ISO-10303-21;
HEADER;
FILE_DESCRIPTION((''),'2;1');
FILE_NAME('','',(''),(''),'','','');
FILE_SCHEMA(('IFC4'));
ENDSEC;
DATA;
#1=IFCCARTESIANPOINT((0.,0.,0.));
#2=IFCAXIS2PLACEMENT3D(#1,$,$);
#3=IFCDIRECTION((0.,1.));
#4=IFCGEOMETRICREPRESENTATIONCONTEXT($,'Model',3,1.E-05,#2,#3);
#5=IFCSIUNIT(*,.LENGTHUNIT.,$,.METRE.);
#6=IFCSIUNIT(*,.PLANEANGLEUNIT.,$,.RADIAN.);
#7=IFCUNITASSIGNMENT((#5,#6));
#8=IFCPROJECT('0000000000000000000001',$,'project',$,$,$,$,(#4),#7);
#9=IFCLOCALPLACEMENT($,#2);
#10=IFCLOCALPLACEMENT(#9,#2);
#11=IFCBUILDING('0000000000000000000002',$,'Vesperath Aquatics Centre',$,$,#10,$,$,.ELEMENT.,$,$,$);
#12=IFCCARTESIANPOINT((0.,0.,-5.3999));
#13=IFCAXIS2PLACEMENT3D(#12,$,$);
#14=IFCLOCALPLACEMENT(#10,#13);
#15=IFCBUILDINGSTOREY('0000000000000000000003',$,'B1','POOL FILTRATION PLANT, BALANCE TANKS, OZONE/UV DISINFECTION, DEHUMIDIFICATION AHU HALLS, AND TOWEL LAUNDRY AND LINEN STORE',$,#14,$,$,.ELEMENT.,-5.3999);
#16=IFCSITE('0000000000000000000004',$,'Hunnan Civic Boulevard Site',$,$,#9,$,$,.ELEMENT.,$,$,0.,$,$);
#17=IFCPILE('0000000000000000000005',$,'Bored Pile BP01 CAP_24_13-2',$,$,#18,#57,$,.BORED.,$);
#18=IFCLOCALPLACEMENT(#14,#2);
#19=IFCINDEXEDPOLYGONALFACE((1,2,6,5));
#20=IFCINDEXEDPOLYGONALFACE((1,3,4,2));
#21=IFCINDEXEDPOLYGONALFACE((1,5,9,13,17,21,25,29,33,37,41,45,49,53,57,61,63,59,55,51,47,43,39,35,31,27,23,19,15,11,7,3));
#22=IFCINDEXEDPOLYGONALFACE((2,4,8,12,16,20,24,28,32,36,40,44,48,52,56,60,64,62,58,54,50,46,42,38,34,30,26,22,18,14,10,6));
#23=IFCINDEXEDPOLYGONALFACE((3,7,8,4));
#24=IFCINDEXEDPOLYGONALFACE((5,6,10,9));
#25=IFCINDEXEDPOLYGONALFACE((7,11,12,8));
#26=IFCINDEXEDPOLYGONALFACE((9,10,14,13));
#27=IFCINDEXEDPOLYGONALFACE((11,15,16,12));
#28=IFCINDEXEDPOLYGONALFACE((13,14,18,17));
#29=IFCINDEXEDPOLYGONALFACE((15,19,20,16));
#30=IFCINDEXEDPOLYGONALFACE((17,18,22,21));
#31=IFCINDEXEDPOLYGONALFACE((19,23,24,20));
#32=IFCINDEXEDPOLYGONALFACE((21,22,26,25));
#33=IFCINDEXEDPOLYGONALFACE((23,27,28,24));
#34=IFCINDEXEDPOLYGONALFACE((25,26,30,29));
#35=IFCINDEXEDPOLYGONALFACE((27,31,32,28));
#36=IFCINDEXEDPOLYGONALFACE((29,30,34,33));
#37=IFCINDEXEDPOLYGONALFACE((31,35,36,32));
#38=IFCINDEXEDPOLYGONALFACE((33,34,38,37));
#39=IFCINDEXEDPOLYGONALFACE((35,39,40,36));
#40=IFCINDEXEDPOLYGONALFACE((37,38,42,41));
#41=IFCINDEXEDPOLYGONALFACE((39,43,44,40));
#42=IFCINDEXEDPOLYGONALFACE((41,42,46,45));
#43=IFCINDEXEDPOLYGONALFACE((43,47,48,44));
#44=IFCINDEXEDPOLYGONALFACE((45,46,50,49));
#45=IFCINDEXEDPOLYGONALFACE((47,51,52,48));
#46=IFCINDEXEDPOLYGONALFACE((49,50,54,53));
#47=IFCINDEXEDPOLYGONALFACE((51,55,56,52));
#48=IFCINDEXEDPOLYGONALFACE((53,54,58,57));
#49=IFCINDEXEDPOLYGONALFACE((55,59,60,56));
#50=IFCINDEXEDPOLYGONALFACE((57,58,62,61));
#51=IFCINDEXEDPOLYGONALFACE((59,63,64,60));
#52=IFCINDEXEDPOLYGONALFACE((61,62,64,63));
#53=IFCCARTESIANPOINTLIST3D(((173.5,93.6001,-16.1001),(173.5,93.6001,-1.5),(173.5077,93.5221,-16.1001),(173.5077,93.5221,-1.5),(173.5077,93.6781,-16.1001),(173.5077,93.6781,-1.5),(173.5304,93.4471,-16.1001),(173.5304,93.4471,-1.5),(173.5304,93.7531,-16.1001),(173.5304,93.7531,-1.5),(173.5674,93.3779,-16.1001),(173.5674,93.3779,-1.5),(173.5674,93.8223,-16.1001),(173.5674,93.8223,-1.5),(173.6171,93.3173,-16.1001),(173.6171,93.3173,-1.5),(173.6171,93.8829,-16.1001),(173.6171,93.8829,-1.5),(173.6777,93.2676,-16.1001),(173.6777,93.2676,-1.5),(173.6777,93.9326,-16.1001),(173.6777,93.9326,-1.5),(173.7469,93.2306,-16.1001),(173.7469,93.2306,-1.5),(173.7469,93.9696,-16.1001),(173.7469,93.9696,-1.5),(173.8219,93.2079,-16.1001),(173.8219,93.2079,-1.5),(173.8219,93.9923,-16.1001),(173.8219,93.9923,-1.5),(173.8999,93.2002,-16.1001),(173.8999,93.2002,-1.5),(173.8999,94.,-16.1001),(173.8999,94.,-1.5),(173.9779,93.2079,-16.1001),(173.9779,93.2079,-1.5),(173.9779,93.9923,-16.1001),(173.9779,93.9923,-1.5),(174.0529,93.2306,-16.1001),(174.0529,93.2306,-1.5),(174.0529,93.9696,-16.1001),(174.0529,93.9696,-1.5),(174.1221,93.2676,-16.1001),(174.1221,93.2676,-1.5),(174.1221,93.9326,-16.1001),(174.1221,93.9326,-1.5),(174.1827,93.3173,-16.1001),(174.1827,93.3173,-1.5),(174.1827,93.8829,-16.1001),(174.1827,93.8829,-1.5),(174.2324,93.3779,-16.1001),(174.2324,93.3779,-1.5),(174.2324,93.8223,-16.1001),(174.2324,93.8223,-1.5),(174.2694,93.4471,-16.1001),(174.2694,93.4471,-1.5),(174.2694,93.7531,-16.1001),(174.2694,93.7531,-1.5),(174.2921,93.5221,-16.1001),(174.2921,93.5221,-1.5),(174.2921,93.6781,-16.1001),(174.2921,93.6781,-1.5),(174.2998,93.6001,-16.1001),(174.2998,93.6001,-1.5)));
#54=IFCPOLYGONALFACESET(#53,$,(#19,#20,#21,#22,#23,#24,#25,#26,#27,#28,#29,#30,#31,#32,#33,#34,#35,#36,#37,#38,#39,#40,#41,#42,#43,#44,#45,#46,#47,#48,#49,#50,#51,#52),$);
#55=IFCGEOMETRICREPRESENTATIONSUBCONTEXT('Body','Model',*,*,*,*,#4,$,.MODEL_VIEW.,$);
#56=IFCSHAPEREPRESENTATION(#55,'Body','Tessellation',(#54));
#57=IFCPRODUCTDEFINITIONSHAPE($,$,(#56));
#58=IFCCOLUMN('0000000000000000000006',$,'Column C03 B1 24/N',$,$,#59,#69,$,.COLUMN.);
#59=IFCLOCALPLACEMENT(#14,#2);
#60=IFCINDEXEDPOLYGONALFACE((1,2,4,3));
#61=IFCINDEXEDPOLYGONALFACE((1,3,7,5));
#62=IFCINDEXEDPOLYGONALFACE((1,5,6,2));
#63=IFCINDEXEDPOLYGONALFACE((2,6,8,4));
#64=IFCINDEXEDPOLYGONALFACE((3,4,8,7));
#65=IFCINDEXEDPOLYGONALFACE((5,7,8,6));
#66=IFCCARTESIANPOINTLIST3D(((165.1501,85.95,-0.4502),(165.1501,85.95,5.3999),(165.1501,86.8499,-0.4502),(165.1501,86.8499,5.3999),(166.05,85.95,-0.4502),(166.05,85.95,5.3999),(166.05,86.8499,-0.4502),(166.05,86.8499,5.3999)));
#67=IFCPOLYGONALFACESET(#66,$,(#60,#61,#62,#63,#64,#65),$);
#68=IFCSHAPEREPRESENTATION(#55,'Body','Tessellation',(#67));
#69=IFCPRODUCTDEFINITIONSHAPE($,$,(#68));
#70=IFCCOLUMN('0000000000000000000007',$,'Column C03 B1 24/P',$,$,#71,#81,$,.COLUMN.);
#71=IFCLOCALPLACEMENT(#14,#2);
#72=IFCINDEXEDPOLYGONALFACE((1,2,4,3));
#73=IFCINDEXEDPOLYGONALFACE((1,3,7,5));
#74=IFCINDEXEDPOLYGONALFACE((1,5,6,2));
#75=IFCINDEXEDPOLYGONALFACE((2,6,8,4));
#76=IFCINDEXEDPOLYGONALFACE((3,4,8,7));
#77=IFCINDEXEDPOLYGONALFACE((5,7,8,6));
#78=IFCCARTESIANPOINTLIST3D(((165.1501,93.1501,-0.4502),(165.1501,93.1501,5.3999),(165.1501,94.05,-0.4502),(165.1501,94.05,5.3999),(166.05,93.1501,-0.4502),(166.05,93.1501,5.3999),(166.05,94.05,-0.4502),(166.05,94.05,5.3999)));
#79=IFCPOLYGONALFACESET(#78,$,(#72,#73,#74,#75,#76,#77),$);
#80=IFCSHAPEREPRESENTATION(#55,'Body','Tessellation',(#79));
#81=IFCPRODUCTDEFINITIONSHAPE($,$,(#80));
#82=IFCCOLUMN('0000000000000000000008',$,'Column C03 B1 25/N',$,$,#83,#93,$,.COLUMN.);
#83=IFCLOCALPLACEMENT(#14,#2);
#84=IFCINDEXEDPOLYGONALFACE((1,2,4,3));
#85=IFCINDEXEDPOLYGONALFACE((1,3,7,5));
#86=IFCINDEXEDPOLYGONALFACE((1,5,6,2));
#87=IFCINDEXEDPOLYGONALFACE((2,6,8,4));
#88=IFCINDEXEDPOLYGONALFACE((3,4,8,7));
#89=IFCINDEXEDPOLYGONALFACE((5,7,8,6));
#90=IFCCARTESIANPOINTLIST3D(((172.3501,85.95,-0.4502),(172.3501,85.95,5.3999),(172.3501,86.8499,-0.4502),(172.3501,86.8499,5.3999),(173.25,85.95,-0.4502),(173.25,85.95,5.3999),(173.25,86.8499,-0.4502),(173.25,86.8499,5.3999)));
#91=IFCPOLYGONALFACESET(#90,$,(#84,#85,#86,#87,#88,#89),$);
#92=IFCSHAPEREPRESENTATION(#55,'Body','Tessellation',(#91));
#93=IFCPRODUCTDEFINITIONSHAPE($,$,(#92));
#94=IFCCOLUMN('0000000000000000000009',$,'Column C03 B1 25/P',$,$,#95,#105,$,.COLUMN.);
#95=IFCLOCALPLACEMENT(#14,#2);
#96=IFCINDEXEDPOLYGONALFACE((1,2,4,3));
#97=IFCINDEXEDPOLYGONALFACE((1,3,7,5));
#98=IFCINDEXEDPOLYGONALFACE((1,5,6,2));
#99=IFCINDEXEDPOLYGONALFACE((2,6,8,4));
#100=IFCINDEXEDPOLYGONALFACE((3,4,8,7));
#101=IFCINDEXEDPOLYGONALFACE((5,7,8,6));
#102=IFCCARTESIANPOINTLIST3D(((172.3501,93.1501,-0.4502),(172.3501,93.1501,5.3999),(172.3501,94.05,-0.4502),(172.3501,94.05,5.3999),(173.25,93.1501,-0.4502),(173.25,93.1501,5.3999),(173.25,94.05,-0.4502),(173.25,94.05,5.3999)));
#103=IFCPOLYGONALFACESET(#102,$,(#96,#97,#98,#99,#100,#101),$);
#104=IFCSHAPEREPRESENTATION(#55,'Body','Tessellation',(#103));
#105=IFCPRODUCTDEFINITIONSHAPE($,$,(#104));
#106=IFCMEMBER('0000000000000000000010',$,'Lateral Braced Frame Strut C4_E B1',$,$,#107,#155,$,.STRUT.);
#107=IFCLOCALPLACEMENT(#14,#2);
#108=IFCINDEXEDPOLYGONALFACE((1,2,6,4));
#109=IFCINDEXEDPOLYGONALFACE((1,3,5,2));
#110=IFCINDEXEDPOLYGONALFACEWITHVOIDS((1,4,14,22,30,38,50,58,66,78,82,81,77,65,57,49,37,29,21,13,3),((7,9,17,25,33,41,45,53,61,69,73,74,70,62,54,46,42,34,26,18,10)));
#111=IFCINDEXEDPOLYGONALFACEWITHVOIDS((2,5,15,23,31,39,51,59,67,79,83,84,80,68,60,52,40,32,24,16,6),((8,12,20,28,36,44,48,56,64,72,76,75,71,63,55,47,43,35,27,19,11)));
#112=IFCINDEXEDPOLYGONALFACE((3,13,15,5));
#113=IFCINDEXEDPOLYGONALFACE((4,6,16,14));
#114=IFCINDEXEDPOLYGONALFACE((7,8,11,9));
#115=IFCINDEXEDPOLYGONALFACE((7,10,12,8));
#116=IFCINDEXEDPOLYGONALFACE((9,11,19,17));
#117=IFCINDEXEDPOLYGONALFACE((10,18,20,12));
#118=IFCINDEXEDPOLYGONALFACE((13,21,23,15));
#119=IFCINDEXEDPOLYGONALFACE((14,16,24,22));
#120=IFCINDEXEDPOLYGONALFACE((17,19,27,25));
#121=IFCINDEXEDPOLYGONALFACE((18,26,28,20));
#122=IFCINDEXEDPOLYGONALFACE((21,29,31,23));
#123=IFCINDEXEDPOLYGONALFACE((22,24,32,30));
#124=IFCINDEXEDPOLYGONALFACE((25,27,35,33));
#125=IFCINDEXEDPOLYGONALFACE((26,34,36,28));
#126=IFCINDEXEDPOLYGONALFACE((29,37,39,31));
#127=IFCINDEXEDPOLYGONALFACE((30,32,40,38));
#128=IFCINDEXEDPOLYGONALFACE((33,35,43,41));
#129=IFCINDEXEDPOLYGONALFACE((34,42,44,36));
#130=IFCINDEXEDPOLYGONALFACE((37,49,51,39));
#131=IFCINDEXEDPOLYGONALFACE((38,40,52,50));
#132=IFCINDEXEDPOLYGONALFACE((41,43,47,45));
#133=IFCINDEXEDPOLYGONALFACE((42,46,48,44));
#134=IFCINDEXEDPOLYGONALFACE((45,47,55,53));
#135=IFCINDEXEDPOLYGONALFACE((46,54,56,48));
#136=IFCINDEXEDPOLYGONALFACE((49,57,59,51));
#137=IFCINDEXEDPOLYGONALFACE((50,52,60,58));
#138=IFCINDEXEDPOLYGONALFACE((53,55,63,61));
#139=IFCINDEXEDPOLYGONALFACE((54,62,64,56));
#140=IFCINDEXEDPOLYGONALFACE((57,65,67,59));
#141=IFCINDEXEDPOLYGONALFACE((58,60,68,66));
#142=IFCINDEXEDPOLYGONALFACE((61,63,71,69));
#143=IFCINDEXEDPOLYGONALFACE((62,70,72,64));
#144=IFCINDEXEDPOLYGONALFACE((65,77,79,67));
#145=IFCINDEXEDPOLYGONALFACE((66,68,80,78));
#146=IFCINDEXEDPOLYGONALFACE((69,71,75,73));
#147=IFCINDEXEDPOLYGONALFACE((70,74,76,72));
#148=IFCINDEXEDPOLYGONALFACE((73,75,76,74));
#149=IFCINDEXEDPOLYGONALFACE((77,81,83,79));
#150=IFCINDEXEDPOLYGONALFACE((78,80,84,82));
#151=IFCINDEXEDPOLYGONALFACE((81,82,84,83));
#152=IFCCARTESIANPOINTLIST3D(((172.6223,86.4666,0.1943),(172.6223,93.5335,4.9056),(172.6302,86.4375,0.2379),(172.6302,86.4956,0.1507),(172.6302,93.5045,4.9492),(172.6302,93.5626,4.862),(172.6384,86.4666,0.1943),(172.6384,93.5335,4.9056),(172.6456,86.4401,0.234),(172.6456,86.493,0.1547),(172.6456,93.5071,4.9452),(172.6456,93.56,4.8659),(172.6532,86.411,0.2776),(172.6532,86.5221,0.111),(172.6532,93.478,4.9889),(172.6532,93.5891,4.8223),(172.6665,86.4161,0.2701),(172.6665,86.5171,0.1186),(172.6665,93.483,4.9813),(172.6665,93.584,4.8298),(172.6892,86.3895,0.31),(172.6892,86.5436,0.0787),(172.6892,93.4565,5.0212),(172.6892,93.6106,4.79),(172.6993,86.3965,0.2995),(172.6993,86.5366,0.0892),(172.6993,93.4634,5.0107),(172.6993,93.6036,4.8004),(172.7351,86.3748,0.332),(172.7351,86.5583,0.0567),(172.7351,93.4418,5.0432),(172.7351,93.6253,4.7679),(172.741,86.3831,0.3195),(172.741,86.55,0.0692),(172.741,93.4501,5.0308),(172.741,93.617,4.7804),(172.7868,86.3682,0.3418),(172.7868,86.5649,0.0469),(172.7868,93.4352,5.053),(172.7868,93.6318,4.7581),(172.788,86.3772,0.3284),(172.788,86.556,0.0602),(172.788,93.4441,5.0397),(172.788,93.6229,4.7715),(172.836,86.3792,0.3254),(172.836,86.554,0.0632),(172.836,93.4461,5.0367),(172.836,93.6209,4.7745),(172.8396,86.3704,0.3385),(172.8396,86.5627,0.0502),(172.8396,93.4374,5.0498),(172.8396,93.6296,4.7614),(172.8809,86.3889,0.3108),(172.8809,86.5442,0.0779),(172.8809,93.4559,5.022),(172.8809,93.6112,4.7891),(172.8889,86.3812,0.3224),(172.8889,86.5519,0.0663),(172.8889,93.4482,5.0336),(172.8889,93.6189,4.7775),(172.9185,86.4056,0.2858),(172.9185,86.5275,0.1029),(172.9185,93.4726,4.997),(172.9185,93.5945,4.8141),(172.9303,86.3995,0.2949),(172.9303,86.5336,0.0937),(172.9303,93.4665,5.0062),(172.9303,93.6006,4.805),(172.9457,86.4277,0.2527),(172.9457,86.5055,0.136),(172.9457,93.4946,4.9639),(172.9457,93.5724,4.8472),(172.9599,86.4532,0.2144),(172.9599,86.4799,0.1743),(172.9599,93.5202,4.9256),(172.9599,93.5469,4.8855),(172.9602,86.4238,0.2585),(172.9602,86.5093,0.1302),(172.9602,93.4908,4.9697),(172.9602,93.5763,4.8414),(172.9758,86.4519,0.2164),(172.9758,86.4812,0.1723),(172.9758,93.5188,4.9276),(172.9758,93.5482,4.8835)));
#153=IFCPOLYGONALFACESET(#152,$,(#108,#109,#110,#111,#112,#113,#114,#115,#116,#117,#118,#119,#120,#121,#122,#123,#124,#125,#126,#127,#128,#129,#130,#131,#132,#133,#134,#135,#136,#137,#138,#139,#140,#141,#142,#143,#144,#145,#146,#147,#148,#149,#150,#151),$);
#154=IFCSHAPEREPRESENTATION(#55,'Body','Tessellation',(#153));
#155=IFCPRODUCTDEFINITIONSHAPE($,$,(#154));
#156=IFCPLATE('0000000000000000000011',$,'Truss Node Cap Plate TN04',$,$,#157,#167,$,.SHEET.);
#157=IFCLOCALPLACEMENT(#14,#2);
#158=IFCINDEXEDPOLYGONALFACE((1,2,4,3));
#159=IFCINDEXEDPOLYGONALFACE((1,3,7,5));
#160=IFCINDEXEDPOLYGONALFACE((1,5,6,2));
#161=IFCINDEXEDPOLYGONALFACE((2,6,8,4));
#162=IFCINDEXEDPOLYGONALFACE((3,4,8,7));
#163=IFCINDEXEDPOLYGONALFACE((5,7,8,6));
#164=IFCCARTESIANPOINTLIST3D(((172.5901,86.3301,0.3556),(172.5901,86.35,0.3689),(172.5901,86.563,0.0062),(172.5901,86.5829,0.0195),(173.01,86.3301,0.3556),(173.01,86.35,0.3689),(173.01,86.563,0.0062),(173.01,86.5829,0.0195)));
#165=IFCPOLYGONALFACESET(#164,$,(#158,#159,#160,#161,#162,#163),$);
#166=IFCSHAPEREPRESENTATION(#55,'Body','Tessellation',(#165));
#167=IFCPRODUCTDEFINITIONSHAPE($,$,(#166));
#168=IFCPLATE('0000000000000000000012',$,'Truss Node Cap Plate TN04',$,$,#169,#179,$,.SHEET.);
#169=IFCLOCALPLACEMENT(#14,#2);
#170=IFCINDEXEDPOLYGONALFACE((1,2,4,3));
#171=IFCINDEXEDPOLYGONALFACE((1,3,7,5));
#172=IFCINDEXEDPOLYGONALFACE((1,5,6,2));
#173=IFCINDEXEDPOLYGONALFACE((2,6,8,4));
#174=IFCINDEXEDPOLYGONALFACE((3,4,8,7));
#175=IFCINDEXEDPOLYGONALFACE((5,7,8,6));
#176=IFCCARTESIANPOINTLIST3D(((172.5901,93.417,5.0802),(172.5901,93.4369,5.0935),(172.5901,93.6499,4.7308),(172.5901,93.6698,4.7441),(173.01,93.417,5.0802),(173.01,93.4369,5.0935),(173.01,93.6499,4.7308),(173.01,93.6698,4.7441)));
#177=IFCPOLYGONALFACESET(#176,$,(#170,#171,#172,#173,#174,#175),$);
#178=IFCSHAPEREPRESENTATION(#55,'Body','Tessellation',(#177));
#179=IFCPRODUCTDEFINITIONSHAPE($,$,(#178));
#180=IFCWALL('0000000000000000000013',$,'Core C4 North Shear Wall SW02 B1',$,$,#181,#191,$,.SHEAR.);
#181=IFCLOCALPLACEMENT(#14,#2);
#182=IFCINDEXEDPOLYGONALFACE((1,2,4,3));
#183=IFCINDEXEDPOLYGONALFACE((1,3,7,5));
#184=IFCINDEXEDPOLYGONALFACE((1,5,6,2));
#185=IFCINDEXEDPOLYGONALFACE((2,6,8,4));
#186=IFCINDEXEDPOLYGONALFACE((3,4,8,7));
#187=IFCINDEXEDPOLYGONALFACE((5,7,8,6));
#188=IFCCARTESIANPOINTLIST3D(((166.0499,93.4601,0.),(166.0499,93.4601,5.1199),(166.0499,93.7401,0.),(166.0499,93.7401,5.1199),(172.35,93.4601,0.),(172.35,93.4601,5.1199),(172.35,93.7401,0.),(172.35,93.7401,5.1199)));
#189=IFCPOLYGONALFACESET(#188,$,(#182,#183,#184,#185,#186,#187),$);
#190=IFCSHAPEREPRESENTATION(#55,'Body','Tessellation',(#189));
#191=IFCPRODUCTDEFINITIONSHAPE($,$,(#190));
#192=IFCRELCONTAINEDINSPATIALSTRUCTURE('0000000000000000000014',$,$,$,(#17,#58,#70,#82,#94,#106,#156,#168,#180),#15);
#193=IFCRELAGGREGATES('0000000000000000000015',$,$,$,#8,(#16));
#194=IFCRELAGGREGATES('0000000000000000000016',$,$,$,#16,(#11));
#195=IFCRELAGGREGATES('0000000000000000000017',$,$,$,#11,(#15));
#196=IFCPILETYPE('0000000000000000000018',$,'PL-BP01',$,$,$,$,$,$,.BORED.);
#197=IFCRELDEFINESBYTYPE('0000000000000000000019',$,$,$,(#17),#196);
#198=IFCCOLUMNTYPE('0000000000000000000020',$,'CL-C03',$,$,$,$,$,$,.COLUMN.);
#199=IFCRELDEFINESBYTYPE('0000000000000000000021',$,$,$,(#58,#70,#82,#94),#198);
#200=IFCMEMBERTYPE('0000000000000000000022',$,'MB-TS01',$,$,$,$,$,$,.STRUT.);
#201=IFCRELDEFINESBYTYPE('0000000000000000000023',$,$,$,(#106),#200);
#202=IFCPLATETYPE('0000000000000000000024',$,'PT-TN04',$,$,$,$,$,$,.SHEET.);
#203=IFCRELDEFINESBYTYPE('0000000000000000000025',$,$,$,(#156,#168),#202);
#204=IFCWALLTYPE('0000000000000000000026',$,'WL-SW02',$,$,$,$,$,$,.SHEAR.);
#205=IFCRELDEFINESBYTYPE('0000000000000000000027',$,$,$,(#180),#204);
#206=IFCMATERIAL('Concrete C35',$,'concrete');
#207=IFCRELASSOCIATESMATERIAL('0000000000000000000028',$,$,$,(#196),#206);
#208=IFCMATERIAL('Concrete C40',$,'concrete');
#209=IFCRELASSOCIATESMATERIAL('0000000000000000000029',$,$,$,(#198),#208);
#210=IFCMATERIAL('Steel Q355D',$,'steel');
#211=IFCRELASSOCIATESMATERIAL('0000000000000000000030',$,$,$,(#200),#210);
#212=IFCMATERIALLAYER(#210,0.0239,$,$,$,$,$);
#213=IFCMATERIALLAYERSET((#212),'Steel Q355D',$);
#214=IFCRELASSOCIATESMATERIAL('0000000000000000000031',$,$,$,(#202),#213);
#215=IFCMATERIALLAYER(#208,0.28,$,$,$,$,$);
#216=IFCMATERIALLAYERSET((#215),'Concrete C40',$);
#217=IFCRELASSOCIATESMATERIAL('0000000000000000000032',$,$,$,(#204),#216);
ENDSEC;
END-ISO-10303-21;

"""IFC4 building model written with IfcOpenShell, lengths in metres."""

from ifc_helpers import new_model, si_unit, direction, frame, frame_2d, origin, origin_2d, place, context, subcontext, project, spatial, rectangle, circle, hollow_circle, extrude, material, layer, layer_set, material_profile, profile_set, type_object, element, save


model = new_model("IFC4")

# Units and contexts
model_context = context("Model", 3, precision=1e-05, world=origin(), true_north=direction((0.0, 1.0)))
body_context = subcontext(model_context, "Body", "Model", "MODEL_VIEW")
ifc_project = project(units=[si_unit("LENGTHUNIT", "METRE"), si_unit("PLANEANGLEUNIT", "RADIAN")], contexts=[model_context])

# Site, building, storey
site_placement = place(None, origin())
site = spatial("IfcSite", under=ifc_project, at=site_placement, Name="Hunnan Civic Boulevard Site", CompositionType="ELEMENT", RefElevation=0.0)
building_placement = place(site_placement, origin())
building = spatial("IfcBuilding", under=site, at=building_placement, Name="Vesperath Aquatics Centre", CompositionType="ELEMENT")
storey_placement = place(building_placement, frame((0.0, 0.0, -5.3999)))
storey = spatial("IfcBuildingStorey", under=building, at=storey_placement, Name="B1", Description="POOL FILTRATION PLANT, BALANCE TANKS, OZONE/UV DISINFECTION, DEHUMIDIFICATION AHU HALLS, AND TOWEL LAUNDRY AND LINEN STORE", CompositionType="ELEMENT", Elevation=-5.3999)

# Shared definitions
ifc_material_1 = material(Name="Concrete C40", Category="concrete")

# Pile
ifc_material_2 = material(Name="Concrete C35", Category="concrete")
ifc_material_profile_1 = material_profile(ifc_material_2, circle(Radius=0.3999, at=origin_2d()), Name="PILE D800")
ifc_profile_set_1 = profile_set([ifc_material_profile_1], Name="Concrete C35")
pile_type = type_object("IfcPileType", Name="PL-BP01", PredefinedType="BORED", material=ifc_profile_set_1)
for number, where, z_axis, x_axis, name in (
    (1, (173.8999, 93.6001, -1.5), (0.0, 0.0, -1.0), (1.0, 0.0, 0.0), "Bored Pile BP01 CAP_24_13-2"),
):
    element("IfcPile", number, at=place(storey_placement, frame(where, z_axis=z_axis, x_axis=x_axis)), inside=storey, type_object=pile_type, Name=name, PredefinedType="BORED", context=body_context, shape_type="SweptSolid", body=[
        extrude(circle(Radius=0.3999, at=origin_2d()), origin(), (0.0, 0.0, 1.0), 14.6001),
    ])

# Columns
ifc_material_profile_2 = material_profile(ifc_material_1, rectangle(XDim=0.8999, YDim=0.8999, at=origin_2d()), Name="RC 900x900")
ifc_profile_set_2 = profile_set([ifc_material_profile_2], Name="Concrete C40")
column_type = type_object("IfcColumnType", Name="CL-C03", PredefinedType="COLUMN", material=ifc_profile_set_2)
for number, where, z_axis, x_axis, name in (
    (2, (165.6001, 86.3999, -0.4502), (0.0, 0.0, 1.0), (1.0, 0.0, 0.0), "Column C03 B1 24/N"),
    (3, (165.6001, 93.6001, -0.4502), (0.0, 0.0, 1.0), (1.0, 0.0, 0.0), "Column C03 B1 24/P"),
    (4, (172.8, 86.3999, -0.4502), (0.0, 0.0, 1.0), (1.0, 0.0, 0.0), "Column C03 B1 25/N"),
    (5, (172.8, 93.6001, -0.4502), (0.0, 0.0, 1.0), (1.0, 0.0, 0.0), "Column C03 B1 25/P"),
):
    element("IfcColumn", number, at=place(storey_placement, frame(where, z_axis=z_axis, x_axis=x_axis)), inside=storey, type_object=column_type, Name=name, PredefinedType="COLUMN", context=body_context, shape_type="SweptSolid", body=[
        extrude(rectangle(XDim=0.8999, YDim=0.8999, at=origin_2d()), origin(), (0.0, 0.0, 1.0), 5.8501),
    ])

# Member
ifc_material_3 = material(Name="Steel Q355D", Category="steel")
ifc_material_profile_3 = material_profile(ifc_material_3, hollow_circle(Radius=0.1777, WallThickness=0.0161, at=origin_2d()), Name="CHS 355.6x16")
ifc_profile_set_3 = profile_set([ifc_material_profile_3], Name="Steel Q355D")
member_type = type_object("IfcMemberType", Name="MB-TS01", PredefinedType="STRUT", material=ifc_profile_set_3)
member_placement = place(storey_placement, frame((172.8, 86.4666, 0.1943), z_axis=(0.0, 0.832055, 0.554694), x_axis=(-1.0, 0.0, 0.0)))
element("IfcMember", 6, at=member_placement, inside=storey, type_object=member_type, Name="Lateral Braced Frame Strut C4_E B1", PredefinedType="STRUT", context=body_context, shape_type="SweptSolid", body=[
    extrude(hollow_circle(Radius=0.1777, WallThickness=0.0161, at=origin_2d()), origin(), (0.0, 0.0, 1.0), 8.4934),
])

# Plates
ifc_layer_1 = layer(ifc_material_3, 0.0239)
ifc_layer_set_1 = layer_set([ifc_layer_1], Name="Steel Q355D")
plate_type = type_object("IfcPlateType", Name="PT-TN04", PredefinedType="SHEET", material=ifc_layer_set_1)
for number, where, z_axis, x_axis, name in (
    (7, (172.8, 86.4465, 0.1809), (0.0, 0.83205, 0.5547), (-1.0, 0.0, 0.0), "Truss Node Cap Plate TN04"),
    (8, (172.8, 93.5334, 4.9055), (0.0, 0.83205, 0.5547), (-1.0, 0.0, 0.0), "Truss Node Cap Plate TN04"),
):
    element("IfcPlate", number, at=place(storey_placement, frame(where, z_axis=z_axis, x_axis=x_axis)), inside=storey, type_object=plate_type, Name=name, PredefinedType="SHEET", context=body_context, shape_type="SweptSolid", body=[
        extrude(rectangle(XDim=0.4199, YDim=0.4199, at=origin_2d()), origin(), (0.0, 0.0, 1.0), 0.0239),
    ])

# Wall
ifc_layer_2 = layer(ifc_material_1, 0.28)
ifc_layer_set_2 = layer_set([ifc_layer_2], Name="Concrete C40")
wall_type_1 = type_object("IfcWallType", Name="WL-SW02", PredefinedType="SHEAR", material=ifc_layer_set_2)
wall_1_placement = place(storey_placement, frame((166.05, 93.6001, 0.0), z_axis=(0.0, 0.0, 1.0), x_axis=(1.0, 0.0, 0.0)))
element("IfcWall", 9, at=wall_1_placement, inside=storey, type_object=wall_type_1, Name="Core C4 North Shear Wall SW02 B1", PredefinedType="SHEAR", context=body_context, shape_type="SweptSolid", body=[
    extrude(rectangle(XDim=6.3, YDim=0.28, at=frame_2d((3.1499, 0.0))), origin(), (0.0, 0.0, 1.0), 5.1199),
])

save(model, "model.ifc")
